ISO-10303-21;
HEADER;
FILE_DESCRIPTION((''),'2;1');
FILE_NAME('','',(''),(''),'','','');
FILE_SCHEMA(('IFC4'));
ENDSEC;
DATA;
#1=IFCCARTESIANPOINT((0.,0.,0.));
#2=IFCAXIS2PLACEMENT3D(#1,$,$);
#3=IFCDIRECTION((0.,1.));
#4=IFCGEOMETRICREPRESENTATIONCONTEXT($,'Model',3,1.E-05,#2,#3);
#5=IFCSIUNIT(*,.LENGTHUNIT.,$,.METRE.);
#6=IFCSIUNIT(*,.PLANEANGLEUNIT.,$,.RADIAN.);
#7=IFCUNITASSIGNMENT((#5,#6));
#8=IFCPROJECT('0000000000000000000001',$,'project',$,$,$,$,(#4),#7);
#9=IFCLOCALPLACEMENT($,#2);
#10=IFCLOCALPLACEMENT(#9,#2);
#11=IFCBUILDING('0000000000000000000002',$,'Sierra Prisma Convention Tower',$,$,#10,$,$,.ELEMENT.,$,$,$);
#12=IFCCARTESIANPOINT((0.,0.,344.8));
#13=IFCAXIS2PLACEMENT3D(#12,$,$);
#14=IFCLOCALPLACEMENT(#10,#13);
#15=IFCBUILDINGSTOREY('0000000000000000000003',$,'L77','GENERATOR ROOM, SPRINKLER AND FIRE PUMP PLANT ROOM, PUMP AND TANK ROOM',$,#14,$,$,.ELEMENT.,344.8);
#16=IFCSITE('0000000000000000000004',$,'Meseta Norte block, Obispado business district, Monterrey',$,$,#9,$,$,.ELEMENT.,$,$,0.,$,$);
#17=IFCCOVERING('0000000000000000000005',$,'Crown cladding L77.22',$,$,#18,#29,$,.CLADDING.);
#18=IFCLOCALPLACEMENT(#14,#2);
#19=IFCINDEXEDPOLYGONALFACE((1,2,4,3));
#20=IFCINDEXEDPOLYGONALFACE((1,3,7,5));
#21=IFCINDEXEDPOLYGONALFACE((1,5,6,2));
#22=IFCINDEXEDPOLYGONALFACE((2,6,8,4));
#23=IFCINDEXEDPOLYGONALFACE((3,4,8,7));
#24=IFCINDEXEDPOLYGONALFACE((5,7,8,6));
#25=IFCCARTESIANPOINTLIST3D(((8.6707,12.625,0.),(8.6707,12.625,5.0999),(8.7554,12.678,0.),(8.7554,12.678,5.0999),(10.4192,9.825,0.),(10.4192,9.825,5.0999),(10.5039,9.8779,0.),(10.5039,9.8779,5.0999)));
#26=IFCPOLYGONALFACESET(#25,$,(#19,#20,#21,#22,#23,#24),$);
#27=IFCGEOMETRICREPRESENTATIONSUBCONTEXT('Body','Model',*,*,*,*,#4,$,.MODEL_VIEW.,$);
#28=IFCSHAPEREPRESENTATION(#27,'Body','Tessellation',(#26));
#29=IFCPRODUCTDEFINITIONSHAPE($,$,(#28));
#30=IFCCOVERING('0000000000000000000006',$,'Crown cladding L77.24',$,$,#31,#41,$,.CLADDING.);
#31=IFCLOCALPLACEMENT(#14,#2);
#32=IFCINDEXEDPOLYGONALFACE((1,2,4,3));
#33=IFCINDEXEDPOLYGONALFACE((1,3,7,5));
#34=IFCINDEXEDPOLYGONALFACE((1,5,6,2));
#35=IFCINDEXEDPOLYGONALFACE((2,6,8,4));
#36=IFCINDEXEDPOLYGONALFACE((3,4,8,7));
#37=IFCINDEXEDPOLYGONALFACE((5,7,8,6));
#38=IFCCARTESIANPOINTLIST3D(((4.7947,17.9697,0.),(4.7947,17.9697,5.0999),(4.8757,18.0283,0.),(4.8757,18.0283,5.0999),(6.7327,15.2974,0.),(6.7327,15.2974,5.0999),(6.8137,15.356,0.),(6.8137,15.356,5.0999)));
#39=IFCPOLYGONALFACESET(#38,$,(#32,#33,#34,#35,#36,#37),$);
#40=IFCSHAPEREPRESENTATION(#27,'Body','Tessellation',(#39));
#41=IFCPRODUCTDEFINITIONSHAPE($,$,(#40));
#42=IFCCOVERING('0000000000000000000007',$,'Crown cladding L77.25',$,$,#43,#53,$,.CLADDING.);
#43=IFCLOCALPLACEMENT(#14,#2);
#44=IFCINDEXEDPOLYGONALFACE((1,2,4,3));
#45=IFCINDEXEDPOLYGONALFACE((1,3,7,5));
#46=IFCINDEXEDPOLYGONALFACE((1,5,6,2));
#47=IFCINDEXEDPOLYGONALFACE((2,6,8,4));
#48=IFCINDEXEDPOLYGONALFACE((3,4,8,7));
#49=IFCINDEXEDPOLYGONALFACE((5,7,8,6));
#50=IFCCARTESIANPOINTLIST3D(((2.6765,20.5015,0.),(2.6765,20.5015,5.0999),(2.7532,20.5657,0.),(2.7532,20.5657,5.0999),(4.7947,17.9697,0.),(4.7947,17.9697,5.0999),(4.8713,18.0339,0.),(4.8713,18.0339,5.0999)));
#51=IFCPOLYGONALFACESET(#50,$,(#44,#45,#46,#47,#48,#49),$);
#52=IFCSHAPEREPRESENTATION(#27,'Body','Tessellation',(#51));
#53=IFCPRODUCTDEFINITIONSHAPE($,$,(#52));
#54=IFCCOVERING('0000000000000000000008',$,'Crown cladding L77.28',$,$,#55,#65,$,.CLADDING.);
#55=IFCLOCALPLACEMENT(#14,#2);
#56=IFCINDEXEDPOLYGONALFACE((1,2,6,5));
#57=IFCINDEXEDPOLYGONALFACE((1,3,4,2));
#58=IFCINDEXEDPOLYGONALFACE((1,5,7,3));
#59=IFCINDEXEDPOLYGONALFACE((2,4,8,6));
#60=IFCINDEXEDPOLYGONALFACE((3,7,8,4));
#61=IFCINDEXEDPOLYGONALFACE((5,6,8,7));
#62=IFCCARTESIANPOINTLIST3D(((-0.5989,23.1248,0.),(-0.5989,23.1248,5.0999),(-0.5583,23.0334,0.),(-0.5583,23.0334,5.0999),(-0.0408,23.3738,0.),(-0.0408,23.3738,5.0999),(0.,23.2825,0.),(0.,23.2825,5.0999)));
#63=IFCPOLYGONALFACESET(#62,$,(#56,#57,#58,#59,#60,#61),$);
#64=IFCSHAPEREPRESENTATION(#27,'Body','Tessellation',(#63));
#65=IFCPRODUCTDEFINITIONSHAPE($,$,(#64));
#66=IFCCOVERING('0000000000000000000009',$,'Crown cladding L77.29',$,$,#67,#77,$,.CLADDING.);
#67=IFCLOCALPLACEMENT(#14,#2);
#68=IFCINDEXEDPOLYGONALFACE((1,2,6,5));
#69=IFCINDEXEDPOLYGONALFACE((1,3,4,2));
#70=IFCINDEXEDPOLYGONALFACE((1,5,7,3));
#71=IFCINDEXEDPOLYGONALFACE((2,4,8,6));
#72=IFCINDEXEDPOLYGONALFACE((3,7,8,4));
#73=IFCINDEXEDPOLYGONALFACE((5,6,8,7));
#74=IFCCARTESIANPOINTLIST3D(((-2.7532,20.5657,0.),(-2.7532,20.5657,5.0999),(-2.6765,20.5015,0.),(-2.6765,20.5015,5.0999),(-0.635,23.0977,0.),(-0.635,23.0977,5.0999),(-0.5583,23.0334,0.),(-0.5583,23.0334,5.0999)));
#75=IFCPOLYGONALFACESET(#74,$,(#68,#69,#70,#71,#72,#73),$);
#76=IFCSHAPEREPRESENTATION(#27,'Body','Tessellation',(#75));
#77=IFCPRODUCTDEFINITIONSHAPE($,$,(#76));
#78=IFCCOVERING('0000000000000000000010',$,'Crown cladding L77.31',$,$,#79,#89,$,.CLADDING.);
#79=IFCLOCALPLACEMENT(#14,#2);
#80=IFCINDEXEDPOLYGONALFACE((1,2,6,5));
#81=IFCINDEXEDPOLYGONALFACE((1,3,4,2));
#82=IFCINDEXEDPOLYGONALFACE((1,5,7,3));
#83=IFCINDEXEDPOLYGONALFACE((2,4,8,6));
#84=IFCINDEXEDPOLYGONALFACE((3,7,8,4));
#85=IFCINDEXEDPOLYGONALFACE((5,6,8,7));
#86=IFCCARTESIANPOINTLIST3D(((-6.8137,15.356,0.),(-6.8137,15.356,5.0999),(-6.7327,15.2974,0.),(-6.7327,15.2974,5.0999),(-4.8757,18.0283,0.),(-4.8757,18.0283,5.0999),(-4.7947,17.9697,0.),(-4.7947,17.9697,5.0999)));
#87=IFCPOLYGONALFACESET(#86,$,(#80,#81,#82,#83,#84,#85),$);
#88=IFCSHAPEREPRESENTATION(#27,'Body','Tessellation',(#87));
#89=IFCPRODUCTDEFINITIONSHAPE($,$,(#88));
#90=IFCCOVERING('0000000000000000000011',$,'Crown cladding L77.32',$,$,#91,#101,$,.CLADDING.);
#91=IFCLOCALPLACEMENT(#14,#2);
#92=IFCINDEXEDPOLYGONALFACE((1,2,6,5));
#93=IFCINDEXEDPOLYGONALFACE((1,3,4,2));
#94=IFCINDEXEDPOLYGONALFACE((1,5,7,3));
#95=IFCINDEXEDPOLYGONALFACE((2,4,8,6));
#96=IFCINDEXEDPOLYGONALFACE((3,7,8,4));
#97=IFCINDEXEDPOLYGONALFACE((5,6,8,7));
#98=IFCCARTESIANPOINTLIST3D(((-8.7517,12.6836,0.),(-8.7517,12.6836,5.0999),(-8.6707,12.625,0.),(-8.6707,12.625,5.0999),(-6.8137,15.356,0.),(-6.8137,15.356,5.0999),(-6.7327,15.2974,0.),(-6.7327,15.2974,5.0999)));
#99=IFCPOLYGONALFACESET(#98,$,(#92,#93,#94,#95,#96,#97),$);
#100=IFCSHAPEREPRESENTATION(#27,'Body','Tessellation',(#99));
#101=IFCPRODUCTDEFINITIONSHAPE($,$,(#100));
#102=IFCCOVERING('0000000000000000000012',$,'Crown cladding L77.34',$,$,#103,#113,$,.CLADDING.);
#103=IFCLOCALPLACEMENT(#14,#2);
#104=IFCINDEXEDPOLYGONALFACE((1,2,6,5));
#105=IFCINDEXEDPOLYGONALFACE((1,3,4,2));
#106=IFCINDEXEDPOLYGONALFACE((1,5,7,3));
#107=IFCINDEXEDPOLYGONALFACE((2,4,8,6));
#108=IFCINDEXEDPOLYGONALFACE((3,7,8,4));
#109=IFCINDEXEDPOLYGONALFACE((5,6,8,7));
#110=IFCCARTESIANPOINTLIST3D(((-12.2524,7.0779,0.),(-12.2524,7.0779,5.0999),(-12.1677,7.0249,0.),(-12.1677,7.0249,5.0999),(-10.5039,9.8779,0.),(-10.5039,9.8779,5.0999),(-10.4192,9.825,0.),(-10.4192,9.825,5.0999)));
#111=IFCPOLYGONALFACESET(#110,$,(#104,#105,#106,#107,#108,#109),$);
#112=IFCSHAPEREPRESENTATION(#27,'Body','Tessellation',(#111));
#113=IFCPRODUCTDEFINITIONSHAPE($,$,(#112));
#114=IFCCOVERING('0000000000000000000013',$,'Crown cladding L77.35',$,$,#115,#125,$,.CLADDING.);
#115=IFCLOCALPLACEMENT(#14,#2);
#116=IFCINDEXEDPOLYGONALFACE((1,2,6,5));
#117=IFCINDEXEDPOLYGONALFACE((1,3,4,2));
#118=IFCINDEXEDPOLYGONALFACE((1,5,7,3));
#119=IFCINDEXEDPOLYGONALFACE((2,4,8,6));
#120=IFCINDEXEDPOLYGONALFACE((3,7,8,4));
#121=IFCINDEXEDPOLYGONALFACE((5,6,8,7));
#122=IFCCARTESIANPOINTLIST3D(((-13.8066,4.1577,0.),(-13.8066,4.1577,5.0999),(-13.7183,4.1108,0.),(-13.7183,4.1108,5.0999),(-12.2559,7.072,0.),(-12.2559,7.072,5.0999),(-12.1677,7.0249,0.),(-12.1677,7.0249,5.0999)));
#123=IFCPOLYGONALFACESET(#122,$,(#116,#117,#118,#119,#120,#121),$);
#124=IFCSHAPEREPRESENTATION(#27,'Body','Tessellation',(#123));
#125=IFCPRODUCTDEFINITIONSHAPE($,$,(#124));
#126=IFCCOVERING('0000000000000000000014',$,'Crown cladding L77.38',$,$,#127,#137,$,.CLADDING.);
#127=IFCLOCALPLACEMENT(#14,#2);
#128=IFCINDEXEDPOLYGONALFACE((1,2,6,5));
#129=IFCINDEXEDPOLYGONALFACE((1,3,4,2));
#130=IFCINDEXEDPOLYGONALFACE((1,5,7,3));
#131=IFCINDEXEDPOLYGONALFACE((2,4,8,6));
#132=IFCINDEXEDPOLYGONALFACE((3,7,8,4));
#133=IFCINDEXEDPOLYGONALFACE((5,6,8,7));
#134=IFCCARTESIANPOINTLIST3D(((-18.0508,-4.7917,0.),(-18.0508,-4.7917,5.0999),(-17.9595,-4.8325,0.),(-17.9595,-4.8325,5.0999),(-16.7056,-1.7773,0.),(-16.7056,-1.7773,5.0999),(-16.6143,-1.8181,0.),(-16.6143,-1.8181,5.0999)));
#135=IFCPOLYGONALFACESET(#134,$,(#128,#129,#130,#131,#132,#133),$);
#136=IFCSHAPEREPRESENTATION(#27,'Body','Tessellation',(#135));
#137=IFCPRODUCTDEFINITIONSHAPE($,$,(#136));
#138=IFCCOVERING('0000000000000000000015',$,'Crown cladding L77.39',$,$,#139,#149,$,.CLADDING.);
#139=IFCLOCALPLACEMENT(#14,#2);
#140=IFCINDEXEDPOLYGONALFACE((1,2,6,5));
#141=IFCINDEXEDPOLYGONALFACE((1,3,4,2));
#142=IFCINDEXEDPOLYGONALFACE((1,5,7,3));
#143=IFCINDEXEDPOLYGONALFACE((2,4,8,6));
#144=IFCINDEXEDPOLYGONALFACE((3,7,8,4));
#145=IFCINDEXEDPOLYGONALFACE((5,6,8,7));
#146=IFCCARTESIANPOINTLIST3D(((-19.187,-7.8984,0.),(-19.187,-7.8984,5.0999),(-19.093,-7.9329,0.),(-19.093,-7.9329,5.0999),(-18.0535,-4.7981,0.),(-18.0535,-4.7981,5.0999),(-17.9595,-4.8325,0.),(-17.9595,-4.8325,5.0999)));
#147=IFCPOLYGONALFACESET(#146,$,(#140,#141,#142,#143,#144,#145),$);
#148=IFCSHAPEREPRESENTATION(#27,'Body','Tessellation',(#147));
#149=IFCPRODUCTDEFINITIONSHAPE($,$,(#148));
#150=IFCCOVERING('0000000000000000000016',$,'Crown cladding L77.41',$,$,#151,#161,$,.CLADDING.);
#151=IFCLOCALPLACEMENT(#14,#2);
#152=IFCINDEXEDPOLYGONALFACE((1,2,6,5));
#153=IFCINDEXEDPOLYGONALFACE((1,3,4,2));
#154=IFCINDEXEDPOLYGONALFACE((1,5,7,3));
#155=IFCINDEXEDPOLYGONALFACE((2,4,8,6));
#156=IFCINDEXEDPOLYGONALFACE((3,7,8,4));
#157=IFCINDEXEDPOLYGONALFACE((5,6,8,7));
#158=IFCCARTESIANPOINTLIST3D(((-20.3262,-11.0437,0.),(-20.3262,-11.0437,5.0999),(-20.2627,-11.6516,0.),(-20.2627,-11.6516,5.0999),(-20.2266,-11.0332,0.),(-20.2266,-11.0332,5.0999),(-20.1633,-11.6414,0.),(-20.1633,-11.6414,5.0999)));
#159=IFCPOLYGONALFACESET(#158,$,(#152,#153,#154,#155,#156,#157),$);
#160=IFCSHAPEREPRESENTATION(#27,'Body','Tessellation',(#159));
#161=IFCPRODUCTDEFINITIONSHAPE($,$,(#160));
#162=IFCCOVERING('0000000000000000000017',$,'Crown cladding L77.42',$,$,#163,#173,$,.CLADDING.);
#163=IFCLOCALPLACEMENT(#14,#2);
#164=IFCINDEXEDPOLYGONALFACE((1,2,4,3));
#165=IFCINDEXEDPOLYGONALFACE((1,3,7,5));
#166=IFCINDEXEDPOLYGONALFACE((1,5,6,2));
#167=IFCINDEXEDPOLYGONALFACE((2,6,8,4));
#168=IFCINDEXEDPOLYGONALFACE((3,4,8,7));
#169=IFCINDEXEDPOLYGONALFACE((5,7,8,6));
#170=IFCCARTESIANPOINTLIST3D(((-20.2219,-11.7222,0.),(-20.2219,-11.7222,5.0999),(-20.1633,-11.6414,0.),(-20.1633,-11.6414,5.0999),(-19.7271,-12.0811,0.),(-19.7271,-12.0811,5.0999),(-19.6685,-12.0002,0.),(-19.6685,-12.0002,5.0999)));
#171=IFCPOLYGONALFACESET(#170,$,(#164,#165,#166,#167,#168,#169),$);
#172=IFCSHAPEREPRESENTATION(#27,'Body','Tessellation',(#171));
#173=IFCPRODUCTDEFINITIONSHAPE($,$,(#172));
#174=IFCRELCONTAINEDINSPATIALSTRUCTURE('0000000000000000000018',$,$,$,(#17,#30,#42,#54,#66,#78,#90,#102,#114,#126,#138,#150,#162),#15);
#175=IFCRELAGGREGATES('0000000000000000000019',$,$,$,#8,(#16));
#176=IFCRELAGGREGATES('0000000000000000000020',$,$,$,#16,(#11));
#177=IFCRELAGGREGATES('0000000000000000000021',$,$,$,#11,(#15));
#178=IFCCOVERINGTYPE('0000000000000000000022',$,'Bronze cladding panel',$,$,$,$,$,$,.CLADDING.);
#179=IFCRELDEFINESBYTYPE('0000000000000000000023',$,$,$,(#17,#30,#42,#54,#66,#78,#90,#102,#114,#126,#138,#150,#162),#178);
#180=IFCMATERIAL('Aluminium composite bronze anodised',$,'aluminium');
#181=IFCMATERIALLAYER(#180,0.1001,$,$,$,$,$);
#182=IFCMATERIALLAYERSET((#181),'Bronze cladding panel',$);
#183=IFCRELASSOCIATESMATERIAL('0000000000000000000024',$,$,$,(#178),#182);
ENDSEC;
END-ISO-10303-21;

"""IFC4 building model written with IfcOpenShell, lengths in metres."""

from ifc_helpers import new_model, si_unit, direction, frame, origin, place, context, subcontext, project, spatial, polyline, outline, extrude, material, layer, layer_set, type_object, element, save


model = new_model("IFC4")

# Units and contexts
model_context = context("Model", 3, precision=1e-05, world=origin(), true_north=direction((0.0, 1.0)))
body_context = subcontext(model_context, "Body", "Model", "MODEL_VIEW")
ifc_project = project(units=[si_unit("LENGTHUNIT", "METRE"), si_unit("PLANEANGLEUNIT", "RADIAN")], contexts=[model_context])

# Site, building, storey
site_placement = place(None, origin())
site = spatial("IfcSite", under=ifc_project, at=site_placement, Name="Meseta Norte block, Obispado business district, Monterrey", CompositionType="ELEMENT", RefElevation=0.0)
building_placement = place(site_placement, origin())
building = spatial("IfcBuilding", under=site, at=building_placement, Name="Sierra Prisma Convention Tower", CompositionType="ELEMENT")
storey_placement = place(building_placement, frame((0.0, 0.0, 344.8)))
storey = spatial("IfcBuildingStorey", under=building, at=storey_placement, Name="L77", Description="GENERATOR ROOM, SPRINKLER AND FIRE PUMP PLANT ROOM, PUMP AND TANK ROOM", CompositionType="ELEMENT", Elevation=344.8)

# Coverings
ifc_material_1 = material(Name="Aluminium composite bronze anodised", Category="aluminium")
ifc_layer_1 = layer(ifc_material_1, 0.1001)
ifc_layer_set_1 = layer_set([ifc_layer_1], Name="Bronze cladding panel")
covering_type = type_object("IfcCoveringType", Name="Bronze cladding panel", PredefinedType="CLADDING", material=ifc_layer_set_1)
covering_1_placement = place(storey_placement, origin())
element("IfcCovering", 1, at=covering_1_placement, inside=storey, type_object=covering_type, Name="Crown cladding L77.22", PredefinedType="CLADDING", context=body_context, shape_type="SweptSolid", body=[
    extrude(outline(polyline([(10.4192, 9.825), (8.6707, 12.625), (8.7554, 12.678), (10.5039, 9.8779), (10.4192, 9.825)])), origin(), (0.0, 0.0, 1.0), 5.0999),
])
covering_2_placement = place(storey_placement, origin())
element("IfcCovering", 2, at=covering_2_placement, inside=storey, type_object=covering_type, Name="Crown cladding L77.24", PredefinedType="CLADDING", context=body_context, shape_type="SweptSolid", body=[
    extrude(outline(polyline([(6.7327, 15.2974), (4.7947, 17.9697), (4.8757, 18.0283), (6.8137, 15.356), (6.7327, 15.2974)])), origin(), (0.0, 0.0, 1.0), 5.0999),
])
covering_3_placement = place(storey_placement, origin())
element("IfcCovering", 3, at=covering_3_placement, inside=storey, type_object=covering_type, Name="Crown cladding L77.25", PredefinedType="CLADDING", context=body_context, shape_type="SweptSolid", body=[
    extrude(outline(polyline([(4.7947, 17.9697), (2.6765, 20.5015), (2.7532, 20.5657), (4.8713, 18.0339), (4.7947, 17.9697)])), origin(), (0.0, 0.0, 1.0), 5.0999),
])
covering_4_placement = place(storey_placement, origin())
element("IfcCovering", 4, at=covering_4_placement, inside=storey, type_object=covering_type, Name="Crown cladding L77.28", PredefinedType="CLADDING", context=body_context, shape_type="SweptSolid", body=[
    extrude(outline(polyline([(0.0, 23.2825), (-0.5583, 23.0334), (-0.5989, 23.1248), (-0.0408, 23.3738), (0.0, 23.2825)])), origin(), (0.0, 0.0, 1.0), 5.0999),
])
covering_5_placement = place(storey_placement, origin())
element("IfcCovering", 5, at=covering_5_placement, inside=storey, type_object=covering_type, Name="Crown cladding L77.29", PredefinedType="CLADDING", context=body_context, shape_type="SweptSolid", body=[
    extrude(outline(polyline([(-0.5583, 23.0334), (-2.6765, 20.5015), (-2.7532, 20.5657), (-0.635, 23.0977), (-0.5583, 23.0334)])), origin(), (0.0, 0.0, 1.0), 5.0999),
])
covering_6_placement = place(storey_placement, origin())
element("IfcCovering", 6, at=covering_6_placement, inside=storey, type_object=covering_type, Name="Crown cladding L77.31", PredefinedType="CLADDING", context=body_context, shape_type="SweptSolid", body=[
    extrude(outline(polyline([(-4.7947, 17.9697), (-6.7327, 15.2974), (-6.8137, 15.356), (-4.8757, 18.0283), (-4.7947, 17.9697)])), origin(), (0.0, 0.0, 1.0), 5.0999),
])
covering_7_placement = place(storey_placement, origin())
element("IfcCovering", 7, at=covering_7_placement, inside=storey, type_object=covering_type, Name="Crown cladding L77.32", PredefinedType="CLADDING", context=body_context, shape_type="SweptSolid", body=[
    extrude(outline(polyline([(-6.7327, 15.2974), (-8.6707, 12.625), (-8.7517, 12.6836), (-6.8137, 15.356), (-6.7327, 15.2974)])), origin(), (0.0, 0.0, 1.0), 5.0999),
])
covering_8_placement = place(storey_placement, origin())
element("IfcCovering", 8, at=covering_8_placement, inside=storey, type_object=covering_type, Name="Crown cladding L77.34", PredefinedType="CLADDING", context=body_context, shape_type="SweptSolid", body=[
    extrude(outline(polyline([(-10.4192, 9.825), (-12.1677, 7.0249), (-12.2524, 7.0779), (-10.5039, 9.8779), (-10.4192, 9.825)])), origin(), (0.0, 0.0, 1.0), 5.0999),
])
covering_9_placement = place(storey_placement, origin())
element("IfcCovering", 9, at=covering_9_placement, inside=storey, type_object=covering_type, Name="Crown cladding L77.35", PredefinedType="CLADDING", context=body_context, shape_type="SweptSolid", body=[
    extrude(outline(polyline([(-12.1677, 7.0249), (-13.7183, 4.1108), (-13.8066, 4.1577), (-12.2559, 7.072), (-12.1677, 7.0249)])), origin(), (0.0, 0.0, 1.0), 5.0999),
])
covering_10_placement = place(storey_placement, origin())
element("IfcCovering", 10, at=covering_10_placement, inside=storey, type_object=covering_type, Name="Crown cladding L77.38", PredefinedType="CLADDING", context=body_context, shape_type="SweptSolid", body=[
    extrude(outline(polyline([(-16.6143, -1.8181), (-17.9595, -4.8325), (-18.0508, -4.7917), (-16.7056, -1.7773), (-16.6143, -1.8181)])), origin(), (0.0, 0.0, 1.0), 5.0999),
])
covering_11_placement = place(storey_placement, origin())
element("IfcCovering", 11, at=covering_11_placement, inside=storey, type_object=covering_type, Name="Crown cladding L77.39", PredefinedType="CLADDING", context=body_context, shape_type="SweptSolid", body=[
    extrude(outline(polyline([(-17.9595, -4.8325), (-19.093, -7.9329), (-19.187, -7.8984), (-18.0535, -4.7981), (-17.9595, -4.8325)])), origin(), (0.0, 0.0, 1.0), 5.0999),
])
covering_12_placement = place(storey_placement, origin())
element("IfcCovering", 12, at=covering_12_placement, inside=storey, type_object=covering_type, Name="Crown cladding L77.41", PredefinedType="CLADDING", context=body_context, shape_type="SweptSolid", body=[
    extrude(outline(polyline([(-20.2266, -11.0332), (-20.1633, -11.6414), (-20.2627, -11.6516), (-20.3262, -11.0437), (-20.2266, -11.0332)])), origin(), (0.0, 0.0, 1.0), 5.0999),
])
covering_13_placement = place(storey_placement, origin())
element("IfcCovering", 13, at=covering_13_placement, inside=storey, type_object=covering_type, Name="Crown cladding L77.42", PredefinedType="CLADDING", context=body_context, shape_type="SweptSolid", body=[
    extrude(outline(polyline([(-20.1633, -11.6414), (-19.6685, -12.0002), (-19.7271, -12.0811), (-20.2219, -11.7222), (-20.1633, -11.6414)])), origin(), (0.0, 0.0, 1.0), 5.0999),
])

save(model, "model.ifc")
